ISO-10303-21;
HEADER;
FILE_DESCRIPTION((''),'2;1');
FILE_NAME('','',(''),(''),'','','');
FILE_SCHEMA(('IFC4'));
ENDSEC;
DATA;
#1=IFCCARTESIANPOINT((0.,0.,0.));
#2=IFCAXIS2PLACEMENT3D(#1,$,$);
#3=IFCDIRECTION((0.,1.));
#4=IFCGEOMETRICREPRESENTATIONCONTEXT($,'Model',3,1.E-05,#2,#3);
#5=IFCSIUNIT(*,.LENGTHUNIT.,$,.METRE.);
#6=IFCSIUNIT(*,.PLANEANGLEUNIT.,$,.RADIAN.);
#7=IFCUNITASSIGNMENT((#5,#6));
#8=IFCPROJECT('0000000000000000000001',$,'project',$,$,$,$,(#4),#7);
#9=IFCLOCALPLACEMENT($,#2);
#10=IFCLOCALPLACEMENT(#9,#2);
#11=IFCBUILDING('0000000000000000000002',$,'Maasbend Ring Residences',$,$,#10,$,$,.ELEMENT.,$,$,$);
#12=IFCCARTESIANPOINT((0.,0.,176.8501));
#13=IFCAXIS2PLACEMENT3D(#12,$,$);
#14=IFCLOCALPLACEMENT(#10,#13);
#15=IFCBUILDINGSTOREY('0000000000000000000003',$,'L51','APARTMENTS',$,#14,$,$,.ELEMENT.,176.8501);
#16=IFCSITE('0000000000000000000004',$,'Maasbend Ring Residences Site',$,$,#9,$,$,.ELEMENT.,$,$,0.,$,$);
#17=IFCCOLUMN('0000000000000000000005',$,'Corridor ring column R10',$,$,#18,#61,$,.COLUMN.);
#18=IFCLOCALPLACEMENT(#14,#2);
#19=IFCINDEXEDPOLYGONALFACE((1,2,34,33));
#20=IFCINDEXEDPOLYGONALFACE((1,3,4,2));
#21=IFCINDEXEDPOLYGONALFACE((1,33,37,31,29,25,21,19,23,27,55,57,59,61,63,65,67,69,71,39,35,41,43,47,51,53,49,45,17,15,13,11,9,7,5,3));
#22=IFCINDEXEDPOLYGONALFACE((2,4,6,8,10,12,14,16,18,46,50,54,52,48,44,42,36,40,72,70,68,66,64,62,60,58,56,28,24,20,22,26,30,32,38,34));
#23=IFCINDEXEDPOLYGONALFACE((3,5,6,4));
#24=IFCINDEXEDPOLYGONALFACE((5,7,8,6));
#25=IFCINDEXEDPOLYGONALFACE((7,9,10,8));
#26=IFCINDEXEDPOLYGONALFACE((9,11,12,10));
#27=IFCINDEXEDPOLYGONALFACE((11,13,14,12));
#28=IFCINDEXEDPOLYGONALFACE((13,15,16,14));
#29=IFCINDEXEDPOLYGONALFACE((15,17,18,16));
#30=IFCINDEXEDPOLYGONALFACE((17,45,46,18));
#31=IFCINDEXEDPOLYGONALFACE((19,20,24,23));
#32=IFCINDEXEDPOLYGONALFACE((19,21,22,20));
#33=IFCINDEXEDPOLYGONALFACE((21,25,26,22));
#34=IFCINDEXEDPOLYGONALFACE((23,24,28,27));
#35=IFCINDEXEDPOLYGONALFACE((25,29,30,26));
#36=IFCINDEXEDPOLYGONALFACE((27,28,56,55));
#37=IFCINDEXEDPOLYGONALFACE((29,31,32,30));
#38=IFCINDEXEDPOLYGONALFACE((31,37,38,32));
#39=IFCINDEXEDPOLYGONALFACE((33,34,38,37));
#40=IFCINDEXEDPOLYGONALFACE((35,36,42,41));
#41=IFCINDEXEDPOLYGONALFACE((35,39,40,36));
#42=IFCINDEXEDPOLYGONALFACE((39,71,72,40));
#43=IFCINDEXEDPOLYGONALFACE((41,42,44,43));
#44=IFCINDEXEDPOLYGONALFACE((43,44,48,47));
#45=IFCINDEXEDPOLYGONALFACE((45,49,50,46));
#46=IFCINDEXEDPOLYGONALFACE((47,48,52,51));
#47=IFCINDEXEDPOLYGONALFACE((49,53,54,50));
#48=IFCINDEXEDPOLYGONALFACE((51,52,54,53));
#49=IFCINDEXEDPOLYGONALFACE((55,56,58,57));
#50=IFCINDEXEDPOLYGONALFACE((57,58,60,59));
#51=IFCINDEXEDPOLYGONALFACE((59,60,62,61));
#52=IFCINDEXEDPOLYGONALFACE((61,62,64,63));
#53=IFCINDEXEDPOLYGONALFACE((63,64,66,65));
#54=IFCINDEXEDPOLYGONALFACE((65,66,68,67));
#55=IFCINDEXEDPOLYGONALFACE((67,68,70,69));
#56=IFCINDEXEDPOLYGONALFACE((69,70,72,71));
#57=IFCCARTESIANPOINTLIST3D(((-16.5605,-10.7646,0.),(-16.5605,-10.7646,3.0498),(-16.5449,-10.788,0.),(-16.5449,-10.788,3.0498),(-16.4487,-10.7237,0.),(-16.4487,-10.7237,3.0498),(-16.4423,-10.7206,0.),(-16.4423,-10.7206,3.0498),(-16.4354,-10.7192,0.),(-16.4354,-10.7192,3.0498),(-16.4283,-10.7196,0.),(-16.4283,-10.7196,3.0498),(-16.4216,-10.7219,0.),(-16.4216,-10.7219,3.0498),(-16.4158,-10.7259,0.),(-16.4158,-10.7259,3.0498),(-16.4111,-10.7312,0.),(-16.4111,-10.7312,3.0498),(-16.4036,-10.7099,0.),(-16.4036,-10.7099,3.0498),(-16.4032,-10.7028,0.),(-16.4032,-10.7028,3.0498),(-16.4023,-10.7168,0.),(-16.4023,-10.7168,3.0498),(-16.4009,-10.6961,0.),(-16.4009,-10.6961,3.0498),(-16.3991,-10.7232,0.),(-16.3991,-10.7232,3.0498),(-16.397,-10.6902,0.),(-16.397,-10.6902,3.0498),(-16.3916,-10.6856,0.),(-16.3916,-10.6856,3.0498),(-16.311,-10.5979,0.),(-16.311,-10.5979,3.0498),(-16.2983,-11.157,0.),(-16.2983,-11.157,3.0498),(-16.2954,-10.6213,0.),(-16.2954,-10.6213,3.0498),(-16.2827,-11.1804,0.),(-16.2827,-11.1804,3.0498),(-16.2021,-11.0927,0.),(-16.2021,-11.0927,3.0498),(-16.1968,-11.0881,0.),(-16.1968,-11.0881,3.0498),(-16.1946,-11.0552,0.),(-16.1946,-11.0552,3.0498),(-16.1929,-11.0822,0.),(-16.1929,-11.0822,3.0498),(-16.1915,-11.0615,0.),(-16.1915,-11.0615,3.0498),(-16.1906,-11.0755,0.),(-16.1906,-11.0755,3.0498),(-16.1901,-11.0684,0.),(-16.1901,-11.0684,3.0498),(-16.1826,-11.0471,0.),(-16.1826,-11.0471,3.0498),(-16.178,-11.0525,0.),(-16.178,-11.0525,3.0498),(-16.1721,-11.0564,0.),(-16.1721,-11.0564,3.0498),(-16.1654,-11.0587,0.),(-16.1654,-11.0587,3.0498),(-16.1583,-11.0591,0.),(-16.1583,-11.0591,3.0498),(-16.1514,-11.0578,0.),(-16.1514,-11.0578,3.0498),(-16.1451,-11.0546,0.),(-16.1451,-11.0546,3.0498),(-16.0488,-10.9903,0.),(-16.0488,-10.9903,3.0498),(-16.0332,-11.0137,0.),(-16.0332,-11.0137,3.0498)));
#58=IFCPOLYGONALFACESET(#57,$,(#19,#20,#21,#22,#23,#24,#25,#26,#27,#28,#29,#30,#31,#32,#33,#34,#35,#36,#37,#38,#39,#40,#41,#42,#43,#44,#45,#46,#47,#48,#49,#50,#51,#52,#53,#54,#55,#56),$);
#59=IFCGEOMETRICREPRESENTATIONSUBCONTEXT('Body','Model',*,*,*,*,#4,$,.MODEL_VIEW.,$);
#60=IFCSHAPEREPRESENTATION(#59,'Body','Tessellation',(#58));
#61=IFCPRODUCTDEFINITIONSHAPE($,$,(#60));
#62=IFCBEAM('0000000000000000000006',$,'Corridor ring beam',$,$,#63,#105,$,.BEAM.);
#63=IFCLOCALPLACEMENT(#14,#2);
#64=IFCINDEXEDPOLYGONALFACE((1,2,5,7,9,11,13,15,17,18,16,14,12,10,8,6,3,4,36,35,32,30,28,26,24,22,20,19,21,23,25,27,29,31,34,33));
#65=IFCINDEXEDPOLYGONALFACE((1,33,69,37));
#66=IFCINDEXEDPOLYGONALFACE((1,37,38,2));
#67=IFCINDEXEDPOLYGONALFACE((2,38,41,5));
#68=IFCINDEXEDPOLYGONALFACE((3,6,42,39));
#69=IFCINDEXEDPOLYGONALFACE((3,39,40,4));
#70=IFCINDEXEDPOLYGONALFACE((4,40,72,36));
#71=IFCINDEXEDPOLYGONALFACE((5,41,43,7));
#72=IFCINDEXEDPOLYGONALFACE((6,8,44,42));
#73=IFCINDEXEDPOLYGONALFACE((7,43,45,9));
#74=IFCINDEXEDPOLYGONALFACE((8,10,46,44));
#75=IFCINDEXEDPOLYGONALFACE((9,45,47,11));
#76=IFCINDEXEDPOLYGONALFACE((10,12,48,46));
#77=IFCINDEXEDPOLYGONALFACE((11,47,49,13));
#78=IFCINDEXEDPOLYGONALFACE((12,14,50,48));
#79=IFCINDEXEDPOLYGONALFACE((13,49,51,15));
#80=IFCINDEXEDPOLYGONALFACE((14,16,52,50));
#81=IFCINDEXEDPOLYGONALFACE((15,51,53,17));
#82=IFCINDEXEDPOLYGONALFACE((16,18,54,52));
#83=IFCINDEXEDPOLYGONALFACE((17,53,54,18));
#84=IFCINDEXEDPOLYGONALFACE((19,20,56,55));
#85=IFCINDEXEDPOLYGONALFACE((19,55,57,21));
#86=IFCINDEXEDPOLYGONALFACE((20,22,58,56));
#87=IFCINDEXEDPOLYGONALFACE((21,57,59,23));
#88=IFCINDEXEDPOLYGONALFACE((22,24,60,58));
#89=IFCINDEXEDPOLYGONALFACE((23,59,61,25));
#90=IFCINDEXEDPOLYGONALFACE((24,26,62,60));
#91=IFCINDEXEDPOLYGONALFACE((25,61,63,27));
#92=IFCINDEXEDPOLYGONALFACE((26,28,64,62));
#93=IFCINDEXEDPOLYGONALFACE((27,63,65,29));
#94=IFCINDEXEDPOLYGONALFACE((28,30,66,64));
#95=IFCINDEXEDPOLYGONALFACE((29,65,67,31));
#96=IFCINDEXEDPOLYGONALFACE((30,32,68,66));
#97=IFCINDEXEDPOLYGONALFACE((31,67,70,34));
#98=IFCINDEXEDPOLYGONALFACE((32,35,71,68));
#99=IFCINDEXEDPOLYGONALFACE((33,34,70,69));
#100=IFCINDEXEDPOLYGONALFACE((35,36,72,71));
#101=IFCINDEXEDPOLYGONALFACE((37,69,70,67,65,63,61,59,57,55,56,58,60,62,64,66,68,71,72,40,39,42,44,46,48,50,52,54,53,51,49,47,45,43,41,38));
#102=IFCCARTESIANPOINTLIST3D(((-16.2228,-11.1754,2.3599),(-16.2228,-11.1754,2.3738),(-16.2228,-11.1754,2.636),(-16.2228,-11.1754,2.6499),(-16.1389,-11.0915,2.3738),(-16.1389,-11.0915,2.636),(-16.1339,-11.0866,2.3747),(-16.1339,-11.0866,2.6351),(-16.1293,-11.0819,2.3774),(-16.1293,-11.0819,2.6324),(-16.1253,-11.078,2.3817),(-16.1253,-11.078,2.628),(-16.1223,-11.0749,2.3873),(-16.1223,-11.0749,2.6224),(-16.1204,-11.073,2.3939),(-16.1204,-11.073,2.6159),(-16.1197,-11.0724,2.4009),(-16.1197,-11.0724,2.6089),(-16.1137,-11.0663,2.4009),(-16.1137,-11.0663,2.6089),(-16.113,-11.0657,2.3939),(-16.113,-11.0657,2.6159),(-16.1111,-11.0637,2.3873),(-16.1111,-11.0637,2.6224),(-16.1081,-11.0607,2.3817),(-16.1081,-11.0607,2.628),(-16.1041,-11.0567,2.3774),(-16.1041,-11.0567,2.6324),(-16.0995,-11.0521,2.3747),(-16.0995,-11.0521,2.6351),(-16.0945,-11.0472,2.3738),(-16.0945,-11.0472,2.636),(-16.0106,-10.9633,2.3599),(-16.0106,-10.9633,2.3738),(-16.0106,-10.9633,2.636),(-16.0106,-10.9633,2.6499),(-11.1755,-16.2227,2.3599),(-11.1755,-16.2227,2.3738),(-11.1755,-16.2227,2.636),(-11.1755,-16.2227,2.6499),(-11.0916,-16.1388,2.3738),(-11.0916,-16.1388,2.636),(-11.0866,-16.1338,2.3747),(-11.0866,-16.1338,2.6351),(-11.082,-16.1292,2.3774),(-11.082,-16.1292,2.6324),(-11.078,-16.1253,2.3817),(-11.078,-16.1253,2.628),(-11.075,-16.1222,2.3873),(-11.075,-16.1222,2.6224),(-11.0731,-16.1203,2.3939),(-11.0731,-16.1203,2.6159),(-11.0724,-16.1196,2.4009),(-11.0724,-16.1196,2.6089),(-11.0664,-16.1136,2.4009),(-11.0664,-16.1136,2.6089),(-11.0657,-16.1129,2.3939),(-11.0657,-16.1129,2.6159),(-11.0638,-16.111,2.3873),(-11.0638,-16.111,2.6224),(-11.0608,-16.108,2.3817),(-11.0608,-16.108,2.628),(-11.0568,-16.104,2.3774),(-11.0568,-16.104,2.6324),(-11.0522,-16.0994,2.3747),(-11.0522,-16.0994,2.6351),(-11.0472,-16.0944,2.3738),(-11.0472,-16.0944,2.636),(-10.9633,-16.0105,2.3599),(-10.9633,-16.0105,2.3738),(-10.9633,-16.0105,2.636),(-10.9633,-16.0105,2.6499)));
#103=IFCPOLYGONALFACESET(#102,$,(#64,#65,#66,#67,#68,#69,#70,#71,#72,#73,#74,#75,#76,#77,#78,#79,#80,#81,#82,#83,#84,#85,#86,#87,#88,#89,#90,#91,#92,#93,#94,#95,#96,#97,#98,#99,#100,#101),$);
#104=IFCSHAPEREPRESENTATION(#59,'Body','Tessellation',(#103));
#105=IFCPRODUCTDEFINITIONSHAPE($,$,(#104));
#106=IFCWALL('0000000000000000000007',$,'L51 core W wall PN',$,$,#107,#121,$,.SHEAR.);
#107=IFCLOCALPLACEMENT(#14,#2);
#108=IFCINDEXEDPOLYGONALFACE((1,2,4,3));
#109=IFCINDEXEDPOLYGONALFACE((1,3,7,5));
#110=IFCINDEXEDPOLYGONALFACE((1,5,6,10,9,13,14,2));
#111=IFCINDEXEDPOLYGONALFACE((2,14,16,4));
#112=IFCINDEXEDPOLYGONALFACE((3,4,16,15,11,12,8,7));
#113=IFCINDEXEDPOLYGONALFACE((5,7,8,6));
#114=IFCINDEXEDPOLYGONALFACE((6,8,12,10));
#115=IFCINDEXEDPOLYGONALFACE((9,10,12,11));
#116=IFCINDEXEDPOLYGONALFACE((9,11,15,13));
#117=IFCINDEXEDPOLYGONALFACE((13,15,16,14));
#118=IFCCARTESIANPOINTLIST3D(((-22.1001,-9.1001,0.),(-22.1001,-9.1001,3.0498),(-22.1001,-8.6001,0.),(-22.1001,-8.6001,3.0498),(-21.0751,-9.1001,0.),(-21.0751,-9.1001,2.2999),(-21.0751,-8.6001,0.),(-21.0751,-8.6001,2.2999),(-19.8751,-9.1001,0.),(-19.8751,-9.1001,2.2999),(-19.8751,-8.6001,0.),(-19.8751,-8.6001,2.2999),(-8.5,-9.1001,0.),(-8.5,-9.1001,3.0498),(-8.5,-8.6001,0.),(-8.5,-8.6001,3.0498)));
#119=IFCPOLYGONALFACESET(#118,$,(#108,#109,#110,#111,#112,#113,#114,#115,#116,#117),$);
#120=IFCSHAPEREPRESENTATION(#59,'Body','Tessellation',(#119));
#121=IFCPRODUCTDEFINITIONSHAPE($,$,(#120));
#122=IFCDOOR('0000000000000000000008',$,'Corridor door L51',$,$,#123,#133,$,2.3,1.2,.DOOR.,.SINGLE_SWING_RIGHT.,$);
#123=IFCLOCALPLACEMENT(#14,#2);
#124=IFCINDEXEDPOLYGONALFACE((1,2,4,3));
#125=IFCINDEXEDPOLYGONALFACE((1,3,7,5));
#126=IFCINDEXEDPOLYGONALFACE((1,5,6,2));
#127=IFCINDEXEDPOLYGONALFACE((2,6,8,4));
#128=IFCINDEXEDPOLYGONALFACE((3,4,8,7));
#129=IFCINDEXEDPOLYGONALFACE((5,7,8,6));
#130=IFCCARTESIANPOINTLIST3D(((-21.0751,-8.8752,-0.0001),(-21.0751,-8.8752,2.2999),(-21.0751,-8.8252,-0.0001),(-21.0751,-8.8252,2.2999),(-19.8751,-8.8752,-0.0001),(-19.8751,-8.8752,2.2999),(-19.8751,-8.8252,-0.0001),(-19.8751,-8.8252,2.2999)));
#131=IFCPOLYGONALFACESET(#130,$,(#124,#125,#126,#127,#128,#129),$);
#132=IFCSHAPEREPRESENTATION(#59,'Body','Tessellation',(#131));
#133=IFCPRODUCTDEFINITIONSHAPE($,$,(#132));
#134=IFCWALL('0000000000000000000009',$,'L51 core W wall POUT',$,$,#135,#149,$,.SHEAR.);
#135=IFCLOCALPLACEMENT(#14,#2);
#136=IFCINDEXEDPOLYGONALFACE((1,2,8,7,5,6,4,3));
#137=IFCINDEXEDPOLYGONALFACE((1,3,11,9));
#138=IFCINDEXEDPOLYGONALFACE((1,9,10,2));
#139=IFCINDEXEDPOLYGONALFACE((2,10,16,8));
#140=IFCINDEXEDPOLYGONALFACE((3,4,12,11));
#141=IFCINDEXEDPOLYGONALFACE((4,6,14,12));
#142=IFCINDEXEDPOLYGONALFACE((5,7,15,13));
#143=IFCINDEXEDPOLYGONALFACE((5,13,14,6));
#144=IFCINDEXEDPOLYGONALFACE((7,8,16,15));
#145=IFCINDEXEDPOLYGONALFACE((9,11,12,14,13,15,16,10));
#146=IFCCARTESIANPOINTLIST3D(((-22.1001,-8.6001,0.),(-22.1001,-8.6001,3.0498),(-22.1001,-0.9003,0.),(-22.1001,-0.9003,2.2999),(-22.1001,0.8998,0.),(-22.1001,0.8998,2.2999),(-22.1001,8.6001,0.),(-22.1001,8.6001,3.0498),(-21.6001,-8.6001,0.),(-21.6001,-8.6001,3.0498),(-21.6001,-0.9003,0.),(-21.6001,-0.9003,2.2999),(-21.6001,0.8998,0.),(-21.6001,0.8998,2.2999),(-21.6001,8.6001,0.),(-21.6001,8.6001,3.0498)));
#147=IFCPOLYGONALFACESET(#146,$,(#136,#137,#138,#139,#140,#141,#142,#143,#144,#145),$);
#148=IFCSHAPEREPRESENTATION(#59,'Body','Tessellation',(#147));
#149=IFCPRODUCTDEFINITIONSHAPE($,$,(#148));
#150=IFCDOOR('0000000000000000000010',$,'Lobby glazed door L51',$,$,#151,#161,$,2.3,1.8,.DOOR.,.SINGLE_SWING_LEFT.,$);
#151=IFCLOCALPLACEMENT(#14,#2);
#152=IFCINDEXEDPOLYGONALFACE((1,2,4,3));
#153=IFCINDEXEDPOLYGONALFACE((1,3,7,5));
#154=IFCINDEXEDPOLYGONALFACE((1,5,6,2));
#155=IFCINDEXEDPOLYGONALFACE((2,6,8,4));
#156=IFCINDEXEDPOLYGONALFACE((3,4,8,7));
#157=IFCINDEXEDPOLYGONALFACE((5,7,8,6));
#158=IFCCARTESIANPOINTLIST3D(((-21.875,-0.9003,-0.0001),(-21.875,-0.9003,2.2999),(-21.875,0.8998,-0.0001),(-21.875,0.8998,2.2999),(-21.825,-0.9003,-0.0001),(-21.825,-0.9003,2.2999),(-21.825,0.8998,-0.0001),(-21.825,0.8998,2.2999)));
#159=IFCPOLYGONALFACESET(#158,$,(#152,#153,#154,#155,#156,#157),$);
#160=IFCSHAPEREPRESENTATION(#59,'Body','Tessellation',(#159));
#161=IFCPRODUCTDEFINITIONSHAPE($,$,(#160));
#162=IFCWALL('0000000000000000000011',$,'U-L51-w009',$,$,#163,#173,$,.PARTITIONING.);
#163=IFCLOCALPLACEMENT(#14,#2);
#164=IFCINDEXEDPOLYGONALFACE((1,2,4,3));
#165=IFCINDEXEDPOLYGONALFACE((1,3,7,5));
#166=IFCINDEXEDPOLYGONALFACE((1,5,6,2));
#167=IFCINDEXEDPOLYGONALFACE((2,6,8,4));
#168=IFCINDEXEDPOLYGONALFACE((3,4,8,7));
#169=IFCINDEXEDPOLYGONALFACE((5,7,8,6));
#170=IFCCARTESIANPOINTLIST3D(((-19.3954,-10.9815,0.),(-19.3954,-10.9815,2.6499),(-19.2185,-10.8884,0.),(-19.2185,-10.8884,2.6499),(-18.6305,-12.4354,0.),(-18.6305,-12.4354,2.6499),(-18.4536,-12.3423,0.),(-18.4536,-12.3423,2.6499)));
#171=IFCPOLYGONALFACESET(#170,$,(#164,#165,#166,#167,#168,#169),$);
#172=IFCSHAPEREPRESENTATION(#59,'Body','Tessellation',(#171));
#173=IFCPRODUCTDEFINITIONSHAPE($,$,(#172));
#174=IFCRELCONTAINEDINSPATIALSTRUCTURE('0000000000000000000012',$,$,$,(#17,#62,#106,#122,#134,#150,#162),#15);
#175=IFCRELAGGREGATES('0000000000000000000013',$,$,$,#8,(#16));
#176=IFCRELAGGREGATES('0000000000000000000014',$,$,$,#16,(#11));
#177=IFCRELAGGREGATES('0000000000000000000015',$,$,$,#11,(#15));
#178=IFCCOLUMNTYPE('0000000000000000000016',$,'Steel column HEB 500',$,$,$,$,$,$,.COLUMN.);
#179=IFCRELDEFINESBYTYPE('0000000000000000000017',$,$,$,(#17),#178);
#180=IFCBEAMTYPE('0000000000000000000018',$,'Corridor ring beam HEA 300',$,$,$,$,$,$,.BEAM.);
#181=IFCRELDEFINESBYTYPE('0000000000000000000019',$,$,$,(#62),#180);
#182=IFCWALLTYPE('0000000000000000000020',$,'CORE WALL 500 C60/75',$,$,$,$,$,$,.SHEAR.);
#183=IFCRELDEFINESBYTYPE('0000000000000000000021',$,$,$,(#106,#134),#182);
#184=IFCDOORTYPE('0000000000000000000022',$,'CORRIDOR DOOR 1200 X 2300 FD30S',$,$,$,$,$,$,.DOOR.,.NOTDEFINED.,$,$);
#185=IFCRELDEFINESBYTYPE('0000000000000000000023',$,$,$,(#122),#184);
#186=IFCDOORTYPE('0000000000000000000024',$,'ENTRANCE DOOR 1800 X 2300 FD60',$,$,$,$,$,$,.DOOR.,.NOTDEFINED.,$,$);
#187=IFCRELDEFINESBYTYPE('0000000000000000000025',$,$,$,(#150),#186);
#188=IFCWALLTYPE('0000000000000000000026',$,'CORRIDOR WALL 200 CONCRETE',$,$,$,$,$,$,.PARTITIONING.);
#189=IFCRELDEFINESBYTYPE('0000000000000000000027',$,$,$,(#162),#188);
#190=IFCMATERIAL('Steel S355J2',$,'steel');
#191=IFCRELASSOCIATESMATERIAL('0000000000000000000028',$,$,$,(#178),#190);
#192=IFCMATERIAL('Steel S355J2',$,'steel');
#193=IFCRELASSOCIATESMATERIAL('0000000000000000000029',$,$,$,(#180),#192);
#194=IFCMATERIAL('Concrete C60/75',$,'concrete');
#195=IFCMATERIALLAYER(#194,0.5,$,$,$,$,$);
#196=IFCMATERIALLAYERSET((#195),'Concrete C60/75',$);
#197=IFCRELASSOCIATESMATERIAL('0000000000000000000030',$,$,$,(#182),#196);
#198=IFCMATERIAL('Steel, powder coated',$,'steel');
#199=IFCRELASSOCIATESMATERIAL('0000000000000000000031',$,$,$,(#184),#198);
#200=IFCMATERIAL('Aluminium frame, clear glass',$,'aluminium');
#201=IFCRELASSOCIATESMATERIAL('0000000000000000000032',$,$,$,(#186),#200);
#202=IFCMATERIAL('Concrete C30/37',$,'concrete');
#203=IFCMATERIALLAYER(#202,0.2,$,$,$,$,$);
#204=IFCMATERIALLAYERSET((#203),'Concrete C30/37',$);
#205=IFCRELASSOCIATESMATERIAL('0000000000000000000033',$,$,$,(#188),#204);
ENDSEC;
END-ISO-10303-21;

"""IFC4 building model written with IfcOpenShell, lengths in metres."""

from ifc_helpers import new_model, si_unit, direction, frame, frame_2d, origin, origin_2d, place, context, subcontext, project, spatial, rectangle, i_section, extrude, material, layer, layer_set, material_profile, profile_set, type_object, element, fill, save


model = new_model("IFC4")

# Units and contexts
model_context = context("Model", 3, precision=1e-05, world=origin(), true_north=direction((0.0, 1.0)))
body_context = subcontext(model_context, "Body", "Model", "MODEL_VIEW")
ifc_project = project(units=[si_unit("LENGTHUNIT", "METRE"), si_unit("PLANEANGLEUNIT", "RADIAN")], contexts=[model_context])

# Site, building, storey
site_placement = place(None, origin())
site = spatial("IfcSite", under=ifc_project, at=site_placement, Name="Maasbend Ring Residences Site", CompositionType="ELEMENT", RefElevation=0.0)
building_placement = place(site_placement, origin())
building = spatial("IfcBuilding", under=site, at=building_placement, Name="Maasbend Ring Residences", CompositionType="ELEMENT")
storey_placement = place(building_placement, frame((0.0, 0.0, 176.8501)))
storey = spatial("IfcBuildingStorey", under=building, at=storey_placement, Name="L51", Description="APARTMENTS", CompositionType="ELEMENT", Elevation=176.8501)

# Column
ifc_material_1 = material(Name="Steel S355J2", Category="steel")
ifc_material_profile_1 = material_profile(ifc_material_1, i_section(OverallWidth=0.3, OverallDepth=0.5, WebThickness=0.0144, FlangeThickness=0.0281, FilletRadius=0.0271, at=origin_2d()), Name="HEB 500")
ifc_profile_set_1 = profile_set([ifc_material_profile_1], Name="Steel S355J2")
column_type = type_object("IfcColumnType", Name="Steel column HEB 500", PredefinedType="COLUMN", material=ifc_profile_set_1)
column_placement = place(storey_placement, frame((-16.2969, -10.8892, 0.0), z_axis=(0.0, 0.0, 1.0), x_axis=(-0.83147, -0.55557, 0.0)))
element("IfcColumn", 1, at=column_placement, inside=storey, type_object=column_type, Name="Corridor ring column R10", PredefinedType="COLUMN", context=body_context, shape_type="SweptSolid", body=[
    extrude(i_section(OverallWidth=0.3, OverallDepth=0.5, WebThickness=0.0144, FlangeThickness=0.0281, FilletRadius=0.0271, at=origin_2d()), origin(), (0.0, 0.0, 1.0), 3.0498),
])

# Beam
ifc_material_2 = material(Name="Steel S355J2", Category="steel")
ifc_material_profile_2 = material_profile(ifc_material_2, i_section(OverallWidth=0.3, OverallDepth=0.29, WebThickness=0.0085, FlangeThickness=0.0139, FilletRadius=0.0271, at=origin_2d()), Name="HEA 300")
ifc_profile_set_2 = profile_set([ifc_material_profile_2], Name="Steel S355J2")
beam_type = type_object("IfcBeamType", Name="Corridor ring beam HEA 300", PredefinedType="BEAM", material=ifc_profile_set_2)
beam_placement = place(storey_placement, frame((-16.1167, -11.0693, 2.5049), z_axis=(0.707107, -0.707107, 0.0), x_axis=(0.707107, 0.707107, 0.0)))
element("IfcBeam", 2, at=beam_placement, inside=storey, type_object=beam_type, Name="Corridor ring beam", PredefinedType="BEAM", context=body_context, shape_type="SweptSolid", body=[
    extrude(i_section(OverallWidth=0.3, OverallDepth=0.29, WebThickness=0.0085, FlangeThickness=0.0139, FilletRadius=0.0271, at=origin_2d()), origin(), (0.0, 0.0, 1.0), 7.1379),
])

# Walls, openings, doors
ifc_material_3 = material(Name="Concrete C60/75", Category="concrete")
ifc_layer_1 = layer(ifc_material_3, 0.5)
ifc_layer_set_1 = layer_set([ifc_layer_1], Name="Concrete C60/75")
wall_type_1 = type_object("IfcWallType", Name="CORE WALL 500 C60/75", PredefinedType="SHEAR", material=ifc_layer_set_1)
wall_1_placement = place(storey_placement, frame((-22.1001, -8.8501, 0.0), z_axis=(0.0, 0.0, 1.0), x_axis=(1.0, 0.0, 0.0)))
wall_1 = element("IfcWall", 3, at=wall_1_placement, inside=storey, type_object=wall_type_1, Name="L51 core W wall PN", PredefinedType="SHEAR", context=body_context, shape_type="SweptSolid", body=[
    extrude(rectangle(XDim=13.6001, YDim=0.5, at=frame_2d((6.8, 0.0))), origin(), (0.0, 0.0, 1.0), 3.0498),
])
opening_1_placement = place(wall_1_placement, frame((1.0249, 0.0, 0.0)))
opening_1 = element("IfcOpeningElement", 4, at=opening_1_placement, cuts=wall_1, PredefinedType="OPENING", context=body_context, shape_type="SweptSolid", body=[
    extrude(rectangle(XDim=1.2, YDim=2.3, at=frame_2d((0.6001, 1.1499))), frame((0.0, 0.26, 0.0), z_axis=(0.0, -1.0, 0.0), x_axis=(1.0, 0.0, 0.0)), (0.0, 0.0, 1.0), 0.52),
])
ifc_material_4 = material(Name="Steel, powder coated", Category="steel")
door_type_1 = type_object("IfcDoorType", Name="CORRIDOR DOOR 1200 X 2300 FD30S", OperationType="NOTDEFINED", PredefinedType="DOOR", material=ifc_material_4)
door_1_placement = place(opening_1_placement, origin())
door_1 = element("IfcDoor", 5, at=door_1_placement, inside=storey, type_object=door_type_1, Name="Corridor door L51", OperationType="SINGLE_SWING_RIGHT", OverallHeight=2.3, OverallWidth=1.2, PredefinedType="DOOR", context=body_context, shape_type="SweptSolid", body=[
    extrude(rectangle(XDim=1.2, YDim=2.3, at=frame_2d((0.6001, 1.1499))), frame((0.0, 0.0249, 0.0), z_axis=(0.0, -1.0, 0.0), x_axis=(1.0, 0.0, 0.0)), (0.0, 0.0, 1.0), 0.05),
])
fill(opening_1, door_1)
wall_2_placement = place(storey_placement, frame((-21.8501, -8.6001, 0.0), z_axis=(0.0, 0.0, 1.0), x_axis=(0.0, 1.0, 0.0)))
wall_2 = element("IfcWall", 6, at=wall_2_placement, inside=storey, type_object=wall_type_1, Name="L51 core W wall POUT", PredefinedType="SHEAR", context=body_context, shape_type="SweptSolid", body=[
    extrude(rectangle(XDim=17.2002, YDim=0.5, at=frame_2d((8.6001, 0.0))), origin(), (0.0, 0.0, 1.0), 3.0498),
])
opening_2_placement = place(wall_2_placement, frame((7.7, 0.0, 0.0)))
opening_2 = element("IfcOpeningElement", 7, at=opening_2_placement, cuts=wall_2, PredefinedType="OPENING", context=body_context, shape_type="SweptSolid", body=[
    extrude(rectangle(XDim=1.8, YDim=2.3, at=frame_2d((0.8999, 1.1499))), frame((0.0, 0.26, 0.0), z_axis=(0.0, -1.0, 0.0), x_axis=(1.0, 0.0, 0.0)), (0.0, 0.0, 1.0), 0.52),
])
ifc_material_5 = material(Name="Aluminium frame, clear glass", Category="aluminium")
door_type_2 = type_object("IfcDoorType", Name="ENTRANCE DOOR 1800 X 2300 FD60", OperationType="NOTDEFINED", PredefinedType="DOOR", material=ifc_material_5)
door_2_placement = place(opening_2_placement, origin())
door_2 = element("IfcDoor", 8, at=door_2_placement, inside=storey, type_object=door_type_2, Name="Lobby glazed door L51", OperationType="SINGLE_SWING_LEFT", OverallHeight=2.3, OverallWidth=1.8, PredefinedType="DOOR", context=body_context, shape_type="SweptSolid", body=[
    extrude(rectangle(XDim=1.8, YDim=2.3, at=frame_2d((0.8999, 1.1499))), frame((0.0, 0.0249, 0.0), z_axis=(0.0, -1.0, 0.0), x_axis=(1.0, 0.0, 0.0)), (0.0, 0.0, 1.0), 0.05),
])
fill(opening_2, door_2)

# Wall
ifc_material_6 = material(Name="Concrete C30/37", Category="concrete")
ifc_layer_2 = layer(ifc_material_6, 0.2)
ifc_layer_set_2 = layer_set([ifc_layer_2], Name="Concrete C30/37")
wall_type_2 = type_object("IfcWallType", Name="CORRIDOR WALL 200 CONCRETE", PredefinedType="PARTITIONING", material=ifc_layer_set_2)
wall_3_placement = place(storey_placement, frame((-19.3069, -10.9351, 0.0), z_axis=(0.0, 0.0, 1.0), x_axis=(0.465606, -0.884992, 0.0)))
element("IfcWall", 9, at=wall_3_placement, inside=storey, type_object=wall_type_2, Name="U-L51-w009", PredefinedType="PARTITIONING", context=body_context, shape_type="SweptSolid", body=[
    extrude(rectangle(XDim=1.6428, YDim=0.2, at=frame_2d((0.8213, 0.0))), origin(), (0.0, 0.0, 1.0), 2.6499),
])

save(model, "model.ifc")
